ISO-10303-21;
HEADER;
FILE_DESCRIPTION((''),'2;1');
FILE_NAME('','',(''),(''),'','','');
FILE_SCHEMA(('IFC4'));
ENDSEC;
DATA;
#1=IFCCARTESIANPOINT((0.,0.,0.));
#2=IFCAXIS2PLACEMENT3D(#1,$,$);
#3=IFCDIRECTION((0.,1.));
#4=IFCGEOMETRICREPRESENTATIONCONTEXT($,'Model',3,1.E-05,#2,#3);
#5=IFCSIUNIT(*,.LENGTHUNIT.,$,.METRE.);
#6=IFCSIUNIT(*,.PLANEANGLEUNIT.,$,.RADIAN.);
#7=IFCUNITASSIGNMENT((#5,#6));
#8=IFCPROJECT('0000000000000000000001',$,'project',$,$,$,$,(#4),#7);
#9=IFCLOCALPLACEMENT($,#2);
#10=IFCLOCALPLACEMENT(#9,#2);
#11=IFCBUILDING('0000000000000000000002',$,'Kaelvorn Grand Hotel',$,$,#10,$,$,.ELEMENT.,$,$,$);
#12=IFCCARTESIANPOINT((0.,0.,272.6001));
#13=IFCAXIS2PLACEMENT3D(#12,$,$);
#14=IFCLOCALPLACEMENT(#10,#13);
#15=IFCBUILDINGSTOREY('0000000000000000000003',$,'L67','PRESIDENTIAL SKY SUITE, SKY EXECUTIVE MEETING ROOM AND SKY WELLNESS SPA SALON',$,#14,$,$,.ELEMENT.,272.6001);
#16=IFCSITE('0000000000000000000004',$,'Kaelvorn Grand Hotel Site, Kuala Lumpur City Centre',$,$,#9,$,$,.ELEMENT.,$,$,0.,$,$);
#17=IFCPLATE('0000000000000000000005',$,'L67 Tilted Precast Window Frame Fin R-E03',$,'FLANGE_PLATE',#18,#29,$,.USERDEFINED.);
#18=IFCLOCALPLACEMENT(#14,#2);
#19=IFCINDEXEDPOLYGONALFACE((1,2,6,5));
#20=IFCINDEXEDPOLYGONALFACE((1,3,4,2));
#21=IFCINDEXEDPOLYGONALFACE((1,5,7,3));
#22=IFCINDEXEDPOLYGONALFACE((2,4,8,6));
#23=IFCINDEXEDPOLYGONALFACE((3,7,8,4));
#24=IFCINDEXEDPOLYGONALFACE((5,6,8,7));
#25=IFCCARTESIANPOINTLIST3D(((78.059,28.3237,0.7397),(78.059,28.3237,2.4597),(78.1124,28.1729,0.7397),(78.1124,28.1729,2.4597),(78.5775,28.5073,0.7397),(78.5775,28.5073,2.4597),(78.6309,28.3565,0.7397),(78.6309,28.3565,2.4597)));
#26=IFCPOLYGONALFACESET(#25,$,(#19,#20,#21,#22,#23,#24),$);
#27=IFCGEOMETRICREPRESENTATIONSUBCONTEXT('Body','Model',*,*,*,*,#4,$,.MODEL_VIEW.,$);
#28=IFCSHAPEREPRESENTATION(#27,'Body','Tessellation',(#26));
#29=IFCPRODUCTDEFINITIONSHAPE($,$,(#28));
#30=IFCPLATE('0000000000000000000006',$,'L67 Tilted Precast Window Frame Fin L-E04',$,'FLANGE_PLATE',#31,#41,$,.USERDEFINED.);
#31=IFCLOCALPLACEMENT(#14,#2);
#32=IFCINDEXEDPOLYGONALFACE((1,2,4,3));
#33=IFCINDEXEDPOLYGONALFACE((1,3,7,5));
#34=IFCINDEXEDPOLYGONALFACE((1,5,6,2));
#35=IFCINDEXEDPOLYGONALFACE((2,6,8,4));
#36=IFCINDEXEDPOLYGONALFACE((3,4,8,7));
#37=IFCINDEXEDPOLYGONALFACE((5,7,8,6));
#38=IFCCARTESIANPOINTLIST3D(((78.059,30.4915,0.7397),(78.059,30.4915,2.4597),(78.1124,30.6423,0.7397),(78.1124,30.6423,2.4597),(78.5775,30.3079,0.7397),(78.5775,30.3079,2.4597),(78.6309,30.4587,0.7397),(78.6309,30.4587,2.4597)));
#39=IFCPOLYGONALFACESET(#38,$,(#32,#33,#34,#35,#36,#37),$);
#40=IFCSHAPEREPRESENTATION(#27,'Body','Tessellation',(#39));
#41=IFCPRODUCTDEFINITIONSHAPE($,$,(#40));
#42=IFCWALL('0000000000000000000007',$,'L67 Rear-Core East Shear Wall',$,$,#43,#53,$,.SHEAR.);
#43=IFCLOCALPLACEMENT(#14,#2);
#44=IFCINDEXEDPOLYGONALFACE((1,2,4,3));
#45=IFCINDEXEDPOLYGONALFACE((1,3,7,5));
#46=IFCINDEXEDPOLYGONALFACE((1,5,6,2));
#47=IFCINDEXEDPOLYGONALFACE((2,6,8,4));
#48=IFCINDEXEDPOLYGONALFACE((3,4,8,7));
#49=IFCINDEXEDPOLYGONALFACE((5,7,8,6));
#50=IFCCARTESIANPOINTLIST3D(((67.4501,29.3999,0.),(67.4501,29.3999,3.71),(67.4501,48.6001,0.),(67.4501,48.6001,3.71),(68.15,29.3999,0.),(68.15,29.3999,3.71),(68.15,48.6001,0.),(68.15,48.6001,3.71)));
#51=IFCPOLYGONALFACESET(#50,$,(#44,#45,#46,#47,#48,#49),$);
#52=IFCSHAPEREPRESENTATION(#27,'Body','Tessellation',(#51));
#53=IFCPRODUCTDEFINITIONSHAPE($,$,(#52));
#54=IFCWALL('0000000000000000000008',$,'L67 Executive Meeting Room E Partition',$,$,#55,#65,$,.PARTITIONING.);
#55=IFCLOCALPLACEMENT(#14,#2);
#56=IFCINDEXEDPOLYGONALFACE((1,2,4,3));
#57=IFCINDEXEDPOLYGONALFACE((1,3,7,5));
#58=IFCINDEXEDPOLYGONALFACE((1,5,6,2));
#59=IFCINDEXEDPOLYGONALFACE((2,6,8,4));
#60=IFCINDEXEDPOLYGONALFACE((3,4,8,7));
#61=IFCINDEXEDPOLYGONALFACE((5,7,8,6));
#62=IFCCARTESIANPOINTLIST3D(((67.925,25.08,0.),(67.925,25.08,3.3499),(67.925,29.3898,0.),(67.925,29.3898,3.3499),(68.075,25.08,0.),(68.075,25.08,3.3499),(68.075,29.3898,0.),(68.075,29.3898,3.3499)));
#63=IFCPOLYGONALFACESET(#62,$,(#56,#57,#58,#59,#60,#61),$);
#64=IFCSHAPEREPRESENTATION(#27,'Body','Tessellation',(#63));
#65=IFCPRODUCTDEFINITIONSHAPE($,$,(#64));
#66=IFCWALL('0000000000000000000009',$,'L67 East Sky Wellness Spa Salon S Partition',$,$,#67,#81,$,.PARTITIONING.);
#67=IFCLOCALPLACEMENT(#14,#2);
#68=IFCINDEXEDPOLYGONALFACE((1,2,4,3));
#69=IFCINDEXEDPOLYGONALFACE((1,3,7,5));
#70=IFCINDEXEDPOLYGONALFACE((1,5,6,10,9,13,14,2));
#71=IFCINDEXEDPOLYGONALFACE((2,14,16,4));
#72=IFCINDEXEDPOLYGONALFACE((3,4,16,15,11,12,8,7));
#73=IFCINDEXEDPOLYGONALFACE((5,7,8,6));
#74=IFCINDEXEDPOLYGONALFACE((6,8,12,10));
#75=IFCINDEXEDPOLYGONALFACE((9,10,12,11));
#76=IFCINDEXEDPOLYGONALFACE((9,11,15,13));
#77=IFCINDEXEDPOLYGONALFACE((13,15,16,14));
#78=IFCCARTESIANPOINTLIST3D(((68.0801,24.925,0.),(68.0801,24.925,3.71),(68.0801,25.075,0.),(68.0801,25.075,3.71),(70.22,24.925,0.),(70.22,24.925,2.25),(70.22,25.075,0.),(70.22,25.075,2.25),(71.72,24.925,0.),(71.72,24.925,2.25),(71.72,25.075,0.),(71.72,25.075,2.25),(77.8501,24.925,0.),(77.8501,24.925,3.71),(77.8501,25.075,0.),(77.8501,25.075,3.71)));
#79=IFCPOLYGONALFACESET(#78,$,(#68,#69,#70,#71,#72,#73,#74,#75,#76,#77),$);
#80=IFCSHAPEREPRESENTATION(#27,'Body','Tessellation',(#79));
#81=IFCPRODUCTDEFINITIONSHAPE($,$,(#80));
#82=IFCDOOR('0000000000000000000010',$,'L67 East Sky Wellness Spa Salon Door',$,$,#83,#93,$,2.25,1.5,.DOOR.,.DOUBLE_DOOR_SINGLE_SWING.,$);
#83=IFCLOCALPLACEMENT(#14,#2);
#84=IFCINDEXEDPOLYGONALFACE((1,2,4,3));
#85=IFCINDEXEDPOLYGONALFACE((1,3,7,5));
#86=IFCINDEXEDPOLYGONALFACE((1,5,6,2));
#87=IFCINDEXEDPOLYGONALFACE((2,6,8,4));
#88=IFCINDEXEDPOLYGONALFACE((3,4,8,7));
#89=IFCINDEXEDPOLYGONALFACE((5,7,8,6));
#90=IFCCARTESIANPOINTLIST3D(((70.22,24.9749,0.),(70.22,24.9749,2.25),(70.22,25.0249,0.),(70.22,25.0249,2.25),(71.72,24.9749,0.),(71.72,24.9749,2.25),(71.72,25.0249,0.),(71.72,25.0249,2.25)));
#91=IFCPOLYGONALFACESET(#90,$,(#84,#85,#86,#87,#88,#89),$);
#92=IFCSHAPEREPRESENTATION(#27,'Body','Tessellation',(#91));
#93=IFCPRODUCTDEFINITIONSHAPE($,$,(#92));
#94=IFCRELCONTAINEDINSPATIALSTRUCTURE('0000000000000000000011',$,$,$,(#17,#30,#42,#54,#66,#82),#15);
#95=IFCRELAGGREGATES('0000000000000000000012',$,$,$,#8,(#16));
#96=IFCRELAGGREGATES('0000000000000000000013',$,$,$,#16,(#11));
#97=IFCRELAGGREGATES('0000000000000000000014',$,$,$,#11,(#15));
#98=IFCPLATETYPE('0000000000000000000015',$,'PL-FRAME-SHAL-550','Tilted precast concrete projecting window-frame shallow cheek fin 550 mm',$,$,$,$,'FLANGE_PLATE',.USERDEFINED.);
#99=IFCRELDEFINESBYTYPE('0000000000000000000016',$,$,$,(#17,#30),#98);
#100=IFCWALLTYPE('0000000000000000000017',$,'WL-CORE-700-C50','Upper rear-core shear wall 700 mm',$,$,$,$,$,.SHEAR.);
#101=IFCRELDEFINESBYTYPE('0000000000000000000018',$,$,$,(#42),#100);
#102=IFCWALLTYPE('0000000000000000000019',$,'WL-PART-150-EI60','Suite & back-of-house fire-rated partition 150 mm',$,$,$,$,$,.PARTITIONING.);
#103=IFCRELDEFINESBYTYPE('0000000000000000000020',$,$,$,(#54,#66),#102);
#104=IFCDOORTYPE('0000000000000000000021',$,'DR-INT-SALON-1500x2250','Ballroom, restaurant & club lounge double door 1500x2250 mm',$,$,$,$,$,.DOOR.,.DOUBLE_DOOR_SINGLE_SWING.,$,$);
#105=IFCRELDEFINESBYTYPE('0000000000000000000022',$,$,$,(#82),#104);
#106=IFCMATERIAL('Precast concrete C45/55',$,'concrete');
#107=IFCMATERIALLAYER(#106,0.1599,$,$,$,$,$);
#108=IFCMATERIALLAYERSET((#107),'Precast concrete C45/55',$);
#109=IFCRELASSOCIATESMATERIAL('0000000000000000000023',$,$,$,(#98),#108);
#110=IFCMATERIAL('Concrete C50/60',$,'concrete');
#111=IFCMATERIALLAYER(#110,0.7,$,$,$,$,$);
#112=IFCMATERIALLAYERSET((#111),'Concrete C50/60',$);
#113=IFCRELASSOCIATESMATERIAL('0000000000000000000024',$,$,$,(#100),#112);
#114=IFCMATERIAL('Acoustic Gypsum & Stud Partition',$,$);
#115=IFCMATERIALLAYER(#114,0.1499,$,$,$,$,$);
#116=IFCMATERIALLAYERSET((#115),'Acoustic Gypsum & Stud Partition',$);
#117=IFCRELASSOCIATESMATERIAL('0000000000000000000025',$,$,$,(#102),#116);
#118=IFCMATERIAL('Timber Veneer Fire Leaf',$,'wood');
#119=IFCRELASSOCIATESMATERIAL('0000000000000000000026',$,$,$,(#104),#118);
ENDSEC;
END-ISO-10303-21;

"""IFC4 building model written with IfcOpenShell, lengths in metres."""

from ifc_helpers import new_model, si_unit, direction, frame, frame_2d, origin, origin_2d, place, context, subcontext, project, spatial, rectangle, extrude, material, layer, layer_set, type_object, element, fill, save


model = new_model("IFC4")

# Units and contexts
model_context = context("Model", 3, precision=1e-05, world=origin(), true_north=direction((0.0, 1.0)))
body_context = subcontext(model_context, "Body", "Model", "MODEL_VIEW")
ifc_project = project(units=[si_unit("LENGTHUNIT", "METRE"), si_unit("PLANEANGLEUNIT", "RADIAN")], contexts=[model_context])

# Site, building, storey
site_placement = place(None, origin())
site = spatial("IfcSite", under=ifc_project, at=site_placement, Name="Kaelvorn Grand Hotel Site, Kuala Lumpur City Centre", CompositionType="ELEMENT", RefElevation=0.0)
building_placement = place(site_placement, origin())
building = spatial("IfcBuilding", under=site, at=building_placement, Name="Kaelvorn Grand Hotel", CompositionType="ELEMENT")
storey_placement = place(building_placement, frame((0.0, 0.0, 272.6001)))
storey = spatial("IfcBuildingStorey", under=building, at=storey_placement, Name="L67", Description="PRESIDENTIAL SKY SUITE, SKY EXECUTIVE MEETING ROOM AND SKY WELLNESS SPA SALON", CompositionType="ELEMENT", Elevation=272.6001)

# Shared definitions
ifc_material_1 = material(Name="Concrete C50/60", Category="concrete")

# Plates
ifc_material_2 = material(Name="Precast concrete C45/55", Category="concrete")
ifc_layer_1 = layer(ifc_material_2, 0.1599)
ifc_layer_set_1 = layer_set([ifc_layer_1], Name="Precast concrete C45/55")
plate_type_1 = type_object("IfcPlateType", Name="PL-FRAME-SHAL-550", Description="Tilted precast concrete projecting window-frame shallow cheek fin 550 mm", ElementType="FLANGE_PLATE", PredefinedType="USERDEFINED", material=ifc_layer_set_1)
for number, where, z_axis, x_axis, name in (
    (1, (78.345, 28.3401, 0.7397), (0.0, 0.0, 1.0), (-0.333807, 0.942641, 0.0), "L67 Tilted Precast Window Frame Fin R-E03"),
    (2, (78.345, 30.4751, 0.7397), (0.0, 0.0, 1.0), (0.333807, 0.942641, 0.0), "L67 Tilted Precast Window Frame Fin L-E04"),
):
    element("IfcPlate", number, at=place(storey_placement, frame(where, z_axis=z_axis, x_axis=x_axis)), inside=storey, type_object=plate_type_1, Name=name, ObjectType="FLANGE_PLATE", PredefinedType="USERDEFINED", context=body_context, shape_type="SweptSolid", body=[
        extrude(rectangle(XDim=0.1599, YDim=0.55, at=origin_2d()), origin(), (0.0, 0.0, 1.0), 1.72),
    ])

# Walls
ifc_layer_2 = layer(ifc_material_1, 0.7)
ifc_layer_set_2 = layer_set([ifc_layer_2], Name="Concrete C50/60")
wall_type_1 = type_object("IfcWallType", Name="WL-CORE-700-C50", Description="Upper rear-core shear wall 700 mm", PredefinedType="SHEAR", material=ifc_layer_set_2)
wall_1_placement = place(storey_placement, frame((67.8, 29.3999, 0.0), z_axis=(0.0, 0.0, 1.0), x_axis=(0.0, 1.0, 0.0)))
element("IfcWall", 3, at=wall_1_placement, inside=storey, type_object=wall_type_1, Name="L67 Rear-Core East Shear Wall", PredefinedType="SHEAR", context=body_context, shape_type="SweptSolid", body=[
    extrude(rectangle(XDim=19.2002, YDim=0.7, at=frame_2d((9.6001, 0.0))), origin(), (0.0, 0.0, 1.0), 3.71),
])
ifc_material_3 = material(Name="Acoustic Gypsum & Stud Partition")
ifc_layer_3 = layer(ifc_material_3, 0.1499)
ifc_layer_set_3 = layer_set([ifc_layer_3], Name="Acoustic Gypsum & Stud Partition")
wall_type_2 = type_object("IfcWallType", Name="WL-PART-150-EI60", Description="Suite & back-of-house fire-rated partition 150 mm", PredefinedType="PARTITIONING", material=ifc_layer_set_3)
wall_2_placement = place(storey_placement, frame((68.0, 25.0801, 0.0), z_axis=(0.0, 0.0, 1.0), x_axis=(0.0, 1.0, 0.0)))
element("IfcWall", 4, at=wall_2_placement, inside=storey, type_object=wall_type_2, Name="L67 Executive Meeting Room E Partition", PredefinedType="PARTITIONING", context=body_context, shape_type="SweptSolid", body=[
    extrude(rectangle(XDim=4.3098, YDim=0.1499, at=frame_2d((2.1548, 0.0))), origin(), (0.0, 0.0, 1.0), 3.3499),
])

# Wall, opening, door
wall_3_placement = place(storey_placement, frame((68.0801, 25.0, 0.0), z_axis=(0.0, 0.0, 1.0), x_axis=(1.0, 0.0, 0.0)))
wall_3 = element("IfcWall", 5, at=wall_3_placement, inside=storey, type_object=wall_type_2, Name="L67 East Sky Wellness Spa Salon S Partition", PredefinedType="PARTITIONING", context=body_context, shape_type="SweptSolid", body=[
    extrude(rectangle(XDim=9.77, YDim=0.1499, at=frame_2d((4.885, 0.0))), origin(), (0.0, 0.0, 1.0), 3.71),
])
opening_placement = place(wall_3_placement, frame((2.1399, 0.0, 0.0)))
opening = element("IfcOpeningElement", 6, at=opening_placement, cuts=wall_3, PredefinedType="OPENING", context=body_context, shape_type="SweptSolid", body=[
    extrude(rectangle(XDim=1.5, YDim=2.25, at=frame_2d((0.75, 1.125))), frame((0.0, 0.085, 0.0), z_axis=(0.0, -1.0, 0.0), x_axis=(1.0, 0.0, 0.0)), (0.0, 0.0, 1.0), 0.1699),
])
ifc_material_4 = material(Name="Timber Veneer Fire Leaf", Category="wood")
door_type = type_object("IfcDoorType", Name="DR-INT-SALON-1500x2250", Description="Ballroom, restaurant & club lounge double door 1500x2250 mm", OperationType="DOUBLE_DOOR_SINGLE_SWING", PredefinedType="DOOR", material=ifc_material_4)
door_placement = place(opening_placement, origin())
door = element("IfcDoor", 7, at=door_placement, inside=storey, type_object=door_type, Name="L67 East Sky Wellness Spa Salon Door", OperationType="DOUBLE_DOOR_SINGLE_SWING", OverallHeight=2.25, OverallWidth=1.5, PredefinedType="DOOR", context=body_context, shape_type="SweptSolid", body=[
    extrude(rectangle(XDim=1.5, YDim=2.25, at=frame_2d((0.75, 1.125))), frame((0.0, 0.0249, 0.0), z_axis=(0.0, -1.0, 0.0), x_axis=(1.0, 0.0, 0.0)), (0.0, 0.0, 1.0), 0.05),
])
fill(opening, door)

save(model, "model.ifc")
